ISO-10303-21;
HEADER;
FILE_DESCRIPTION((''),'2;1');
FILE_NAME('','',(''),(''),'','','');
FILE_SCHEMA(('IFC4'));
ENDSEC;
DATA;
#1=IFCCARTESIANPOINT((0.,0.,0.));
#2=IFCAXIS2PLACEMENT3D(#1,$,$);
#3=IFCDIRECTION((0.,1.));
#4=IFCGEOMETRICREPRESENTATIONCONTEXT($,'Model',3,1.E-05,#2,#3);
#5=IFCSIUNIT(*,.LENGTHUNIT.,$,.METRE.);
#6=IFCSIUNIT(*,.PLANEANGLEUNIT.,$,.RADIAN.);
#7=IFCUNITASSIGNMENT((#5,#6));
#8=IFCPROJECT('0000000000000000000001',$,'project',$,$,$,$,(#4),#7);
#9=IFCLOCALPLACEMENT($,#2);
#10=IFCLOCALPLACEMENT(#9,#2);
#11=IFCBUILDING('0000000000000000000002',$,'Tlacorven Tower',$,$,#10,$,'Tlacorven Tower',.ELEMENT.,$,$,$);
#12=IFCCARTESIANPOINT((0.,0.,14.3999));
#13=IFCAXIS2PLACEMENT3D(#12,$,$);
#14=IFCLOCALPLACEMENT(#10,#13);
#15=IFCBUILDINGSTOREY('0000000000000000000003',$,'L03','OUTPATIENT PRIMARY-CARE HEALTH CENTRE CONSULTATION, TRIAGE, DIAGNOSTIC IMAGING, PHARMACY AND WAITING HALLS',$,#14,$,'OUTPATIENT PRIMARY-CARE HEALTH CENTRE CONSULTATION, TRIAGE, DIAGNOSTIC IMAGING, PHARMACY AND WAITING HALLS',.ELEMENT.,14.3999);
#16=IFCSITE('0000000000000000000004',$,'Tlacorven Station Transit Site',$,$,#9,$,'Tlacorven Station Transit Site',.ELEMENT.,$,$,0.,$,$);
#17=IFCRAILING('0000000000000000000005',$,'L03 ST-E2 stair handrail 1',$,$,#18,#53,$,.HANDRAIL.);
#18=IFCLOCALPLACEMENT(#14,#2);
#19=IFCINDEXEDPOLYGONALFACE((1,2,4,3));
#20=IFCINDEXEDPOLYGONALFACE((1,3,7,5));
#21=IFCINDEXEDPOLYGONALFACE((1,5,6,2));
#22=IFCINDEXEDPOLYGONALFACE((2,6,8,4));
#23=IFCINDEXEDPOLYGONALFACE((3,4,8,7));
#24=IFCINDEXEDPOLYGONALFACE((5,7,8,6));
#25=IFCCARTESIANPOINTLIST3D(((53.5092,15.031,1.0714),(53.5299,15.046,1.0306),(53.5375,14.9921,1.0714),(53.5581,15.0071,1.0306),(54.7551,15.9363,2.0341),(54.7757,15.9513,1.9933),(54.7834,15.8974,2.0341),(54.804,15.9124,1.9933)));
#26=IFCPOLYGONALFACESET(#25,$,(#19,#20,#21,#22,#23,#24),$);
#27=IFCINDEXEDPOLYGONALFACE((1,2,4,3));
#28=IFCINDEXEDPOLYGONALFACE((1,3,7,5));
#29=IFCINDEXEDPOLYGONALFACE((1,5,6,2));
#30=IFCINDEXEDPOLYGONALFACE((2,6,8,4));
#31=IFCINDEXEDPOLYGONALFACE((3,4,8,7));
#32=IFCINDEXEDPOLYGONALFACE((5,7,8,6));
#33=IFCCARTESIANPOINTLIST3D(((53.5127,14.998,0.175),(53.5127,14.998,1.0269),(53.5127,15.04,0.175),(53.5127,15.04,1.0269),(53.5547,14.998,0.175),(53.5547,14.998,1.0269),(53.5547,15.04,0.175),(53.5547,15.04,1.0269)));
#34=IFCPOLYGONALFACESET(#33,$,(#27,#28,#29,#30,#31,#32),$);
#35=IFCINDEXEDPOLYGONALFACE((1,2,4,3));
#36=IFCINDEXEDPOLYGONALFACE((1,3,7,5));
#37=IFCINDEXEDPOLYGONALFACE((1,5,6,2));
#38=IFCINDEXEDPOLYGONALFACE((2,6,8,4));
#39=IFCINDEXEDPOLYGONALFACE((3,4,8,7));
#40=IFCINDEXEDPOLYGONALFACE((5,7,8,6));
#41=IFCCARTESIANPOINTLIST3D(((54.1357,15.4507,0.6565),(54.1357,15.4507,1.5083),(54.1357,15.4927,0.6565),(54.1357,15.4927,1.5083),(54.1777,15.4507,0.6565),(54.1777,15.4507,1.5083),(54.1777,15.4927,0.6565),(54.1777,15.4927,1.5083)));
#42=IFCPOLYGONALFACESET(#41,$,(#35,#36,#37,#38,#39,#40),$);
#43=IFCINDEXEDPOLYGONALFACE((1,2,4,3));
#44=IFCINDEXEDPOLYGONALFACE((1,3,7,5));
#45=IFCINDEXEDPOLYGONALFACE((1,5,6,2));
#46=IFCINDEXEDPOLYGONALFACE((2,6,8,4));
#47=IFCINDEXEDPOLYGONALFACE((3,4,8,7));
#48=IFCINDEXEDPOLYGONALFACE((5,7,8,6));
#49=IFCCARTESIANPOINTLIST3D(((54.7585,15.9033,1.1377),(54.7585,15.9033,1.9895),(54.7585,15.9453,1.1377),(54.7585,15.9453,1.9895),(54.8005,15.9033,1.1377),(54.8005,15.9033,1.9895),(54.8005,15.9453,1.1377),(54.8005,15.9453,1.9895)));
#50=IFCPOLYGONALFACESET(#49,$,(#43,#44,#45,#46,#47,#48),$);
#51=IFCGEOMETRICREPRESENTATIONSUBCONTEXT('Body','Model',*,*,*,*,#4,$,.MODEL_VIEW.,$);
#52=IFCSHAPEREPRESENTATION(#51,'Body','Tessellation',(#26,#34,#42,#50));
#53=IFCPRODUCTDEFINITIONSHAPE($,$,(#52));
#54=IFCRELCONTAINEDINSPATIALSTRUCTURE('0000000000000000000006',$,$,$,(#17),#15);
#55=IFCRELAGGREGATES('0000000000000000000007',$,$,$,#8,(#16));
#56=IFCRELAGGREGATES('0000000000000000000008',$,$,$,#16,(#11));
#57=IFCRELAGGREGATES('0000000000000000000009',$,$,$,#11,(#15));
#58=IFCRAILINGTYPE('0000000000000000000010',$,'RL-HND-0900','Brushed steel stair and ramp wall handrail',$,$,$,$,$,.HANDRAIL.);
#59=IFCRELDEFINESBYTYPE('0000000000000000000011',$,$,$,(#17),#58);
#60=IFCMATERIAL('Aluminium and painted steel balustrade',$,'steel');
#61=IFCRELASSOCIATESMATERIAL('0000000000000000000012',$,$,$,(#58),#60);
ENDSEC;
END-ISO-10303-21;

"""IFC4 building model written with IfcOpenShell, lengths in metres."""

from ifc_helpers import new_model, si_unit, direction, frame, origin, origin_2d, place, context, subcontext, project, spatial, rectangle, extrude, source, transform, mapped, material, type_object, element, save


model = new_model("IFC4")

# Units and contexts
model_context = context("Model", 3, precision=1e-05, world=origin(), true_north=direction((0.0, 1.0)))
body_context = subcontext(model_context, "Body", "Model", "MODEL_VIEW")
ifc_project = project(units=[si_unit("LENGTHUNIT", "METRE"), si_unit("PLANEANGLEUNIT", "RADIAN")], contexts=[model_context])

# Site, building, storey
site_placement = place(None, origin())
site = spatial("IfcSite", under=ifc_project, at=site_placement, Name="Tlacorven Station Transit Site", LongName="Tlacorven Station Transit Site", CompositionType="ELEMENT", RefElevation=0.0)
building_placement = place(site_placement, origin())
building = spatial("IfcBuilding", under=site, at=building_placement, Name="Tlacorven Tower", LongName="Tlacorven Tower", CompositionType="ELEMENT")
storey_placement = place(building_placement, frame((0.0, 0.0, 14.3999)))
storey = spatial("IfcBuildingStorey", under=building, at=storey_placement, Name="L03", Description="OUTPATIENT PRIMARY-CARE HEALTH CENTRE CONSULTATION, TRIAGE, DIAGNOSTIC IMAGING, PHARMACY AND WAITING HALLS", LongName="OUTPATIENT PRIMARY-CARE HEALTH CENTRE CONSULTATION, TRIAGE, DIAGNOSTIC IMAGING, PHARMACY AND WAITING HALLS", CompositionType="ELEMENT", Elevation=14.3999)

# Railing
ifc_material_1 = material(Name="Aluminium and painted steel balustrade", Category="steel")
railing_type_1 = type_object("IfcRailingType", Name="RL-HND-0900", Description="Brushed steel stair and ramp wall handrail", PredefinedType="HANDRAIL", material=ifc_material_1)
shared_shape_1 = source(origin(), body_context, "Body", "SweptSolid", [
    extrude(rectangle(XDim=0.0481, YDim=0.0481, at=origin_2d()), frame((0.0, 0.0, 0.876), z_axis=(0.685989, 0.498461, 0.530052), x_axis=(-0.587832, 0.808983, 0.0)), (0.0, 0.0, 1.0), 1.8162),
    extrude(rectangle(XDim=0.042, YDim=0.042, at=origin_2d()), origin(), (0.0, 0.0, 1.0), 0.8518),
    extrude(rectangle(XDim=0.042, YDim=0.042, at=origin_2d()), frame((0.623, 0.4526, 0.4814)), (0.0, 0.0, 1.0), 0.8518),
    extrude(rectangle(XDim=0.042, YDim=0.042, at=origin_2d()), frame((1.2458, 0.9053, 0.9626)), (0.0, 0.0, 1.0), 0.8518),
])
railing_1_placement = place(storey_placement, frame((53.5337, 15.019, 0.175)))
element("IfcRailing", 1, at=railing_1_placement, inside=storey, type_object=railing_type_1, Name="L03 ST-E2 stair handrail 1", PredefinedType="HANDRAIL", context=body_context, shape_type="MappedRepresentation", body=[
    mapped(shared_shape_1, transform((0.0, 0.0, 0.0), scale=1.0)),
])

save(model, "model.ifc")
